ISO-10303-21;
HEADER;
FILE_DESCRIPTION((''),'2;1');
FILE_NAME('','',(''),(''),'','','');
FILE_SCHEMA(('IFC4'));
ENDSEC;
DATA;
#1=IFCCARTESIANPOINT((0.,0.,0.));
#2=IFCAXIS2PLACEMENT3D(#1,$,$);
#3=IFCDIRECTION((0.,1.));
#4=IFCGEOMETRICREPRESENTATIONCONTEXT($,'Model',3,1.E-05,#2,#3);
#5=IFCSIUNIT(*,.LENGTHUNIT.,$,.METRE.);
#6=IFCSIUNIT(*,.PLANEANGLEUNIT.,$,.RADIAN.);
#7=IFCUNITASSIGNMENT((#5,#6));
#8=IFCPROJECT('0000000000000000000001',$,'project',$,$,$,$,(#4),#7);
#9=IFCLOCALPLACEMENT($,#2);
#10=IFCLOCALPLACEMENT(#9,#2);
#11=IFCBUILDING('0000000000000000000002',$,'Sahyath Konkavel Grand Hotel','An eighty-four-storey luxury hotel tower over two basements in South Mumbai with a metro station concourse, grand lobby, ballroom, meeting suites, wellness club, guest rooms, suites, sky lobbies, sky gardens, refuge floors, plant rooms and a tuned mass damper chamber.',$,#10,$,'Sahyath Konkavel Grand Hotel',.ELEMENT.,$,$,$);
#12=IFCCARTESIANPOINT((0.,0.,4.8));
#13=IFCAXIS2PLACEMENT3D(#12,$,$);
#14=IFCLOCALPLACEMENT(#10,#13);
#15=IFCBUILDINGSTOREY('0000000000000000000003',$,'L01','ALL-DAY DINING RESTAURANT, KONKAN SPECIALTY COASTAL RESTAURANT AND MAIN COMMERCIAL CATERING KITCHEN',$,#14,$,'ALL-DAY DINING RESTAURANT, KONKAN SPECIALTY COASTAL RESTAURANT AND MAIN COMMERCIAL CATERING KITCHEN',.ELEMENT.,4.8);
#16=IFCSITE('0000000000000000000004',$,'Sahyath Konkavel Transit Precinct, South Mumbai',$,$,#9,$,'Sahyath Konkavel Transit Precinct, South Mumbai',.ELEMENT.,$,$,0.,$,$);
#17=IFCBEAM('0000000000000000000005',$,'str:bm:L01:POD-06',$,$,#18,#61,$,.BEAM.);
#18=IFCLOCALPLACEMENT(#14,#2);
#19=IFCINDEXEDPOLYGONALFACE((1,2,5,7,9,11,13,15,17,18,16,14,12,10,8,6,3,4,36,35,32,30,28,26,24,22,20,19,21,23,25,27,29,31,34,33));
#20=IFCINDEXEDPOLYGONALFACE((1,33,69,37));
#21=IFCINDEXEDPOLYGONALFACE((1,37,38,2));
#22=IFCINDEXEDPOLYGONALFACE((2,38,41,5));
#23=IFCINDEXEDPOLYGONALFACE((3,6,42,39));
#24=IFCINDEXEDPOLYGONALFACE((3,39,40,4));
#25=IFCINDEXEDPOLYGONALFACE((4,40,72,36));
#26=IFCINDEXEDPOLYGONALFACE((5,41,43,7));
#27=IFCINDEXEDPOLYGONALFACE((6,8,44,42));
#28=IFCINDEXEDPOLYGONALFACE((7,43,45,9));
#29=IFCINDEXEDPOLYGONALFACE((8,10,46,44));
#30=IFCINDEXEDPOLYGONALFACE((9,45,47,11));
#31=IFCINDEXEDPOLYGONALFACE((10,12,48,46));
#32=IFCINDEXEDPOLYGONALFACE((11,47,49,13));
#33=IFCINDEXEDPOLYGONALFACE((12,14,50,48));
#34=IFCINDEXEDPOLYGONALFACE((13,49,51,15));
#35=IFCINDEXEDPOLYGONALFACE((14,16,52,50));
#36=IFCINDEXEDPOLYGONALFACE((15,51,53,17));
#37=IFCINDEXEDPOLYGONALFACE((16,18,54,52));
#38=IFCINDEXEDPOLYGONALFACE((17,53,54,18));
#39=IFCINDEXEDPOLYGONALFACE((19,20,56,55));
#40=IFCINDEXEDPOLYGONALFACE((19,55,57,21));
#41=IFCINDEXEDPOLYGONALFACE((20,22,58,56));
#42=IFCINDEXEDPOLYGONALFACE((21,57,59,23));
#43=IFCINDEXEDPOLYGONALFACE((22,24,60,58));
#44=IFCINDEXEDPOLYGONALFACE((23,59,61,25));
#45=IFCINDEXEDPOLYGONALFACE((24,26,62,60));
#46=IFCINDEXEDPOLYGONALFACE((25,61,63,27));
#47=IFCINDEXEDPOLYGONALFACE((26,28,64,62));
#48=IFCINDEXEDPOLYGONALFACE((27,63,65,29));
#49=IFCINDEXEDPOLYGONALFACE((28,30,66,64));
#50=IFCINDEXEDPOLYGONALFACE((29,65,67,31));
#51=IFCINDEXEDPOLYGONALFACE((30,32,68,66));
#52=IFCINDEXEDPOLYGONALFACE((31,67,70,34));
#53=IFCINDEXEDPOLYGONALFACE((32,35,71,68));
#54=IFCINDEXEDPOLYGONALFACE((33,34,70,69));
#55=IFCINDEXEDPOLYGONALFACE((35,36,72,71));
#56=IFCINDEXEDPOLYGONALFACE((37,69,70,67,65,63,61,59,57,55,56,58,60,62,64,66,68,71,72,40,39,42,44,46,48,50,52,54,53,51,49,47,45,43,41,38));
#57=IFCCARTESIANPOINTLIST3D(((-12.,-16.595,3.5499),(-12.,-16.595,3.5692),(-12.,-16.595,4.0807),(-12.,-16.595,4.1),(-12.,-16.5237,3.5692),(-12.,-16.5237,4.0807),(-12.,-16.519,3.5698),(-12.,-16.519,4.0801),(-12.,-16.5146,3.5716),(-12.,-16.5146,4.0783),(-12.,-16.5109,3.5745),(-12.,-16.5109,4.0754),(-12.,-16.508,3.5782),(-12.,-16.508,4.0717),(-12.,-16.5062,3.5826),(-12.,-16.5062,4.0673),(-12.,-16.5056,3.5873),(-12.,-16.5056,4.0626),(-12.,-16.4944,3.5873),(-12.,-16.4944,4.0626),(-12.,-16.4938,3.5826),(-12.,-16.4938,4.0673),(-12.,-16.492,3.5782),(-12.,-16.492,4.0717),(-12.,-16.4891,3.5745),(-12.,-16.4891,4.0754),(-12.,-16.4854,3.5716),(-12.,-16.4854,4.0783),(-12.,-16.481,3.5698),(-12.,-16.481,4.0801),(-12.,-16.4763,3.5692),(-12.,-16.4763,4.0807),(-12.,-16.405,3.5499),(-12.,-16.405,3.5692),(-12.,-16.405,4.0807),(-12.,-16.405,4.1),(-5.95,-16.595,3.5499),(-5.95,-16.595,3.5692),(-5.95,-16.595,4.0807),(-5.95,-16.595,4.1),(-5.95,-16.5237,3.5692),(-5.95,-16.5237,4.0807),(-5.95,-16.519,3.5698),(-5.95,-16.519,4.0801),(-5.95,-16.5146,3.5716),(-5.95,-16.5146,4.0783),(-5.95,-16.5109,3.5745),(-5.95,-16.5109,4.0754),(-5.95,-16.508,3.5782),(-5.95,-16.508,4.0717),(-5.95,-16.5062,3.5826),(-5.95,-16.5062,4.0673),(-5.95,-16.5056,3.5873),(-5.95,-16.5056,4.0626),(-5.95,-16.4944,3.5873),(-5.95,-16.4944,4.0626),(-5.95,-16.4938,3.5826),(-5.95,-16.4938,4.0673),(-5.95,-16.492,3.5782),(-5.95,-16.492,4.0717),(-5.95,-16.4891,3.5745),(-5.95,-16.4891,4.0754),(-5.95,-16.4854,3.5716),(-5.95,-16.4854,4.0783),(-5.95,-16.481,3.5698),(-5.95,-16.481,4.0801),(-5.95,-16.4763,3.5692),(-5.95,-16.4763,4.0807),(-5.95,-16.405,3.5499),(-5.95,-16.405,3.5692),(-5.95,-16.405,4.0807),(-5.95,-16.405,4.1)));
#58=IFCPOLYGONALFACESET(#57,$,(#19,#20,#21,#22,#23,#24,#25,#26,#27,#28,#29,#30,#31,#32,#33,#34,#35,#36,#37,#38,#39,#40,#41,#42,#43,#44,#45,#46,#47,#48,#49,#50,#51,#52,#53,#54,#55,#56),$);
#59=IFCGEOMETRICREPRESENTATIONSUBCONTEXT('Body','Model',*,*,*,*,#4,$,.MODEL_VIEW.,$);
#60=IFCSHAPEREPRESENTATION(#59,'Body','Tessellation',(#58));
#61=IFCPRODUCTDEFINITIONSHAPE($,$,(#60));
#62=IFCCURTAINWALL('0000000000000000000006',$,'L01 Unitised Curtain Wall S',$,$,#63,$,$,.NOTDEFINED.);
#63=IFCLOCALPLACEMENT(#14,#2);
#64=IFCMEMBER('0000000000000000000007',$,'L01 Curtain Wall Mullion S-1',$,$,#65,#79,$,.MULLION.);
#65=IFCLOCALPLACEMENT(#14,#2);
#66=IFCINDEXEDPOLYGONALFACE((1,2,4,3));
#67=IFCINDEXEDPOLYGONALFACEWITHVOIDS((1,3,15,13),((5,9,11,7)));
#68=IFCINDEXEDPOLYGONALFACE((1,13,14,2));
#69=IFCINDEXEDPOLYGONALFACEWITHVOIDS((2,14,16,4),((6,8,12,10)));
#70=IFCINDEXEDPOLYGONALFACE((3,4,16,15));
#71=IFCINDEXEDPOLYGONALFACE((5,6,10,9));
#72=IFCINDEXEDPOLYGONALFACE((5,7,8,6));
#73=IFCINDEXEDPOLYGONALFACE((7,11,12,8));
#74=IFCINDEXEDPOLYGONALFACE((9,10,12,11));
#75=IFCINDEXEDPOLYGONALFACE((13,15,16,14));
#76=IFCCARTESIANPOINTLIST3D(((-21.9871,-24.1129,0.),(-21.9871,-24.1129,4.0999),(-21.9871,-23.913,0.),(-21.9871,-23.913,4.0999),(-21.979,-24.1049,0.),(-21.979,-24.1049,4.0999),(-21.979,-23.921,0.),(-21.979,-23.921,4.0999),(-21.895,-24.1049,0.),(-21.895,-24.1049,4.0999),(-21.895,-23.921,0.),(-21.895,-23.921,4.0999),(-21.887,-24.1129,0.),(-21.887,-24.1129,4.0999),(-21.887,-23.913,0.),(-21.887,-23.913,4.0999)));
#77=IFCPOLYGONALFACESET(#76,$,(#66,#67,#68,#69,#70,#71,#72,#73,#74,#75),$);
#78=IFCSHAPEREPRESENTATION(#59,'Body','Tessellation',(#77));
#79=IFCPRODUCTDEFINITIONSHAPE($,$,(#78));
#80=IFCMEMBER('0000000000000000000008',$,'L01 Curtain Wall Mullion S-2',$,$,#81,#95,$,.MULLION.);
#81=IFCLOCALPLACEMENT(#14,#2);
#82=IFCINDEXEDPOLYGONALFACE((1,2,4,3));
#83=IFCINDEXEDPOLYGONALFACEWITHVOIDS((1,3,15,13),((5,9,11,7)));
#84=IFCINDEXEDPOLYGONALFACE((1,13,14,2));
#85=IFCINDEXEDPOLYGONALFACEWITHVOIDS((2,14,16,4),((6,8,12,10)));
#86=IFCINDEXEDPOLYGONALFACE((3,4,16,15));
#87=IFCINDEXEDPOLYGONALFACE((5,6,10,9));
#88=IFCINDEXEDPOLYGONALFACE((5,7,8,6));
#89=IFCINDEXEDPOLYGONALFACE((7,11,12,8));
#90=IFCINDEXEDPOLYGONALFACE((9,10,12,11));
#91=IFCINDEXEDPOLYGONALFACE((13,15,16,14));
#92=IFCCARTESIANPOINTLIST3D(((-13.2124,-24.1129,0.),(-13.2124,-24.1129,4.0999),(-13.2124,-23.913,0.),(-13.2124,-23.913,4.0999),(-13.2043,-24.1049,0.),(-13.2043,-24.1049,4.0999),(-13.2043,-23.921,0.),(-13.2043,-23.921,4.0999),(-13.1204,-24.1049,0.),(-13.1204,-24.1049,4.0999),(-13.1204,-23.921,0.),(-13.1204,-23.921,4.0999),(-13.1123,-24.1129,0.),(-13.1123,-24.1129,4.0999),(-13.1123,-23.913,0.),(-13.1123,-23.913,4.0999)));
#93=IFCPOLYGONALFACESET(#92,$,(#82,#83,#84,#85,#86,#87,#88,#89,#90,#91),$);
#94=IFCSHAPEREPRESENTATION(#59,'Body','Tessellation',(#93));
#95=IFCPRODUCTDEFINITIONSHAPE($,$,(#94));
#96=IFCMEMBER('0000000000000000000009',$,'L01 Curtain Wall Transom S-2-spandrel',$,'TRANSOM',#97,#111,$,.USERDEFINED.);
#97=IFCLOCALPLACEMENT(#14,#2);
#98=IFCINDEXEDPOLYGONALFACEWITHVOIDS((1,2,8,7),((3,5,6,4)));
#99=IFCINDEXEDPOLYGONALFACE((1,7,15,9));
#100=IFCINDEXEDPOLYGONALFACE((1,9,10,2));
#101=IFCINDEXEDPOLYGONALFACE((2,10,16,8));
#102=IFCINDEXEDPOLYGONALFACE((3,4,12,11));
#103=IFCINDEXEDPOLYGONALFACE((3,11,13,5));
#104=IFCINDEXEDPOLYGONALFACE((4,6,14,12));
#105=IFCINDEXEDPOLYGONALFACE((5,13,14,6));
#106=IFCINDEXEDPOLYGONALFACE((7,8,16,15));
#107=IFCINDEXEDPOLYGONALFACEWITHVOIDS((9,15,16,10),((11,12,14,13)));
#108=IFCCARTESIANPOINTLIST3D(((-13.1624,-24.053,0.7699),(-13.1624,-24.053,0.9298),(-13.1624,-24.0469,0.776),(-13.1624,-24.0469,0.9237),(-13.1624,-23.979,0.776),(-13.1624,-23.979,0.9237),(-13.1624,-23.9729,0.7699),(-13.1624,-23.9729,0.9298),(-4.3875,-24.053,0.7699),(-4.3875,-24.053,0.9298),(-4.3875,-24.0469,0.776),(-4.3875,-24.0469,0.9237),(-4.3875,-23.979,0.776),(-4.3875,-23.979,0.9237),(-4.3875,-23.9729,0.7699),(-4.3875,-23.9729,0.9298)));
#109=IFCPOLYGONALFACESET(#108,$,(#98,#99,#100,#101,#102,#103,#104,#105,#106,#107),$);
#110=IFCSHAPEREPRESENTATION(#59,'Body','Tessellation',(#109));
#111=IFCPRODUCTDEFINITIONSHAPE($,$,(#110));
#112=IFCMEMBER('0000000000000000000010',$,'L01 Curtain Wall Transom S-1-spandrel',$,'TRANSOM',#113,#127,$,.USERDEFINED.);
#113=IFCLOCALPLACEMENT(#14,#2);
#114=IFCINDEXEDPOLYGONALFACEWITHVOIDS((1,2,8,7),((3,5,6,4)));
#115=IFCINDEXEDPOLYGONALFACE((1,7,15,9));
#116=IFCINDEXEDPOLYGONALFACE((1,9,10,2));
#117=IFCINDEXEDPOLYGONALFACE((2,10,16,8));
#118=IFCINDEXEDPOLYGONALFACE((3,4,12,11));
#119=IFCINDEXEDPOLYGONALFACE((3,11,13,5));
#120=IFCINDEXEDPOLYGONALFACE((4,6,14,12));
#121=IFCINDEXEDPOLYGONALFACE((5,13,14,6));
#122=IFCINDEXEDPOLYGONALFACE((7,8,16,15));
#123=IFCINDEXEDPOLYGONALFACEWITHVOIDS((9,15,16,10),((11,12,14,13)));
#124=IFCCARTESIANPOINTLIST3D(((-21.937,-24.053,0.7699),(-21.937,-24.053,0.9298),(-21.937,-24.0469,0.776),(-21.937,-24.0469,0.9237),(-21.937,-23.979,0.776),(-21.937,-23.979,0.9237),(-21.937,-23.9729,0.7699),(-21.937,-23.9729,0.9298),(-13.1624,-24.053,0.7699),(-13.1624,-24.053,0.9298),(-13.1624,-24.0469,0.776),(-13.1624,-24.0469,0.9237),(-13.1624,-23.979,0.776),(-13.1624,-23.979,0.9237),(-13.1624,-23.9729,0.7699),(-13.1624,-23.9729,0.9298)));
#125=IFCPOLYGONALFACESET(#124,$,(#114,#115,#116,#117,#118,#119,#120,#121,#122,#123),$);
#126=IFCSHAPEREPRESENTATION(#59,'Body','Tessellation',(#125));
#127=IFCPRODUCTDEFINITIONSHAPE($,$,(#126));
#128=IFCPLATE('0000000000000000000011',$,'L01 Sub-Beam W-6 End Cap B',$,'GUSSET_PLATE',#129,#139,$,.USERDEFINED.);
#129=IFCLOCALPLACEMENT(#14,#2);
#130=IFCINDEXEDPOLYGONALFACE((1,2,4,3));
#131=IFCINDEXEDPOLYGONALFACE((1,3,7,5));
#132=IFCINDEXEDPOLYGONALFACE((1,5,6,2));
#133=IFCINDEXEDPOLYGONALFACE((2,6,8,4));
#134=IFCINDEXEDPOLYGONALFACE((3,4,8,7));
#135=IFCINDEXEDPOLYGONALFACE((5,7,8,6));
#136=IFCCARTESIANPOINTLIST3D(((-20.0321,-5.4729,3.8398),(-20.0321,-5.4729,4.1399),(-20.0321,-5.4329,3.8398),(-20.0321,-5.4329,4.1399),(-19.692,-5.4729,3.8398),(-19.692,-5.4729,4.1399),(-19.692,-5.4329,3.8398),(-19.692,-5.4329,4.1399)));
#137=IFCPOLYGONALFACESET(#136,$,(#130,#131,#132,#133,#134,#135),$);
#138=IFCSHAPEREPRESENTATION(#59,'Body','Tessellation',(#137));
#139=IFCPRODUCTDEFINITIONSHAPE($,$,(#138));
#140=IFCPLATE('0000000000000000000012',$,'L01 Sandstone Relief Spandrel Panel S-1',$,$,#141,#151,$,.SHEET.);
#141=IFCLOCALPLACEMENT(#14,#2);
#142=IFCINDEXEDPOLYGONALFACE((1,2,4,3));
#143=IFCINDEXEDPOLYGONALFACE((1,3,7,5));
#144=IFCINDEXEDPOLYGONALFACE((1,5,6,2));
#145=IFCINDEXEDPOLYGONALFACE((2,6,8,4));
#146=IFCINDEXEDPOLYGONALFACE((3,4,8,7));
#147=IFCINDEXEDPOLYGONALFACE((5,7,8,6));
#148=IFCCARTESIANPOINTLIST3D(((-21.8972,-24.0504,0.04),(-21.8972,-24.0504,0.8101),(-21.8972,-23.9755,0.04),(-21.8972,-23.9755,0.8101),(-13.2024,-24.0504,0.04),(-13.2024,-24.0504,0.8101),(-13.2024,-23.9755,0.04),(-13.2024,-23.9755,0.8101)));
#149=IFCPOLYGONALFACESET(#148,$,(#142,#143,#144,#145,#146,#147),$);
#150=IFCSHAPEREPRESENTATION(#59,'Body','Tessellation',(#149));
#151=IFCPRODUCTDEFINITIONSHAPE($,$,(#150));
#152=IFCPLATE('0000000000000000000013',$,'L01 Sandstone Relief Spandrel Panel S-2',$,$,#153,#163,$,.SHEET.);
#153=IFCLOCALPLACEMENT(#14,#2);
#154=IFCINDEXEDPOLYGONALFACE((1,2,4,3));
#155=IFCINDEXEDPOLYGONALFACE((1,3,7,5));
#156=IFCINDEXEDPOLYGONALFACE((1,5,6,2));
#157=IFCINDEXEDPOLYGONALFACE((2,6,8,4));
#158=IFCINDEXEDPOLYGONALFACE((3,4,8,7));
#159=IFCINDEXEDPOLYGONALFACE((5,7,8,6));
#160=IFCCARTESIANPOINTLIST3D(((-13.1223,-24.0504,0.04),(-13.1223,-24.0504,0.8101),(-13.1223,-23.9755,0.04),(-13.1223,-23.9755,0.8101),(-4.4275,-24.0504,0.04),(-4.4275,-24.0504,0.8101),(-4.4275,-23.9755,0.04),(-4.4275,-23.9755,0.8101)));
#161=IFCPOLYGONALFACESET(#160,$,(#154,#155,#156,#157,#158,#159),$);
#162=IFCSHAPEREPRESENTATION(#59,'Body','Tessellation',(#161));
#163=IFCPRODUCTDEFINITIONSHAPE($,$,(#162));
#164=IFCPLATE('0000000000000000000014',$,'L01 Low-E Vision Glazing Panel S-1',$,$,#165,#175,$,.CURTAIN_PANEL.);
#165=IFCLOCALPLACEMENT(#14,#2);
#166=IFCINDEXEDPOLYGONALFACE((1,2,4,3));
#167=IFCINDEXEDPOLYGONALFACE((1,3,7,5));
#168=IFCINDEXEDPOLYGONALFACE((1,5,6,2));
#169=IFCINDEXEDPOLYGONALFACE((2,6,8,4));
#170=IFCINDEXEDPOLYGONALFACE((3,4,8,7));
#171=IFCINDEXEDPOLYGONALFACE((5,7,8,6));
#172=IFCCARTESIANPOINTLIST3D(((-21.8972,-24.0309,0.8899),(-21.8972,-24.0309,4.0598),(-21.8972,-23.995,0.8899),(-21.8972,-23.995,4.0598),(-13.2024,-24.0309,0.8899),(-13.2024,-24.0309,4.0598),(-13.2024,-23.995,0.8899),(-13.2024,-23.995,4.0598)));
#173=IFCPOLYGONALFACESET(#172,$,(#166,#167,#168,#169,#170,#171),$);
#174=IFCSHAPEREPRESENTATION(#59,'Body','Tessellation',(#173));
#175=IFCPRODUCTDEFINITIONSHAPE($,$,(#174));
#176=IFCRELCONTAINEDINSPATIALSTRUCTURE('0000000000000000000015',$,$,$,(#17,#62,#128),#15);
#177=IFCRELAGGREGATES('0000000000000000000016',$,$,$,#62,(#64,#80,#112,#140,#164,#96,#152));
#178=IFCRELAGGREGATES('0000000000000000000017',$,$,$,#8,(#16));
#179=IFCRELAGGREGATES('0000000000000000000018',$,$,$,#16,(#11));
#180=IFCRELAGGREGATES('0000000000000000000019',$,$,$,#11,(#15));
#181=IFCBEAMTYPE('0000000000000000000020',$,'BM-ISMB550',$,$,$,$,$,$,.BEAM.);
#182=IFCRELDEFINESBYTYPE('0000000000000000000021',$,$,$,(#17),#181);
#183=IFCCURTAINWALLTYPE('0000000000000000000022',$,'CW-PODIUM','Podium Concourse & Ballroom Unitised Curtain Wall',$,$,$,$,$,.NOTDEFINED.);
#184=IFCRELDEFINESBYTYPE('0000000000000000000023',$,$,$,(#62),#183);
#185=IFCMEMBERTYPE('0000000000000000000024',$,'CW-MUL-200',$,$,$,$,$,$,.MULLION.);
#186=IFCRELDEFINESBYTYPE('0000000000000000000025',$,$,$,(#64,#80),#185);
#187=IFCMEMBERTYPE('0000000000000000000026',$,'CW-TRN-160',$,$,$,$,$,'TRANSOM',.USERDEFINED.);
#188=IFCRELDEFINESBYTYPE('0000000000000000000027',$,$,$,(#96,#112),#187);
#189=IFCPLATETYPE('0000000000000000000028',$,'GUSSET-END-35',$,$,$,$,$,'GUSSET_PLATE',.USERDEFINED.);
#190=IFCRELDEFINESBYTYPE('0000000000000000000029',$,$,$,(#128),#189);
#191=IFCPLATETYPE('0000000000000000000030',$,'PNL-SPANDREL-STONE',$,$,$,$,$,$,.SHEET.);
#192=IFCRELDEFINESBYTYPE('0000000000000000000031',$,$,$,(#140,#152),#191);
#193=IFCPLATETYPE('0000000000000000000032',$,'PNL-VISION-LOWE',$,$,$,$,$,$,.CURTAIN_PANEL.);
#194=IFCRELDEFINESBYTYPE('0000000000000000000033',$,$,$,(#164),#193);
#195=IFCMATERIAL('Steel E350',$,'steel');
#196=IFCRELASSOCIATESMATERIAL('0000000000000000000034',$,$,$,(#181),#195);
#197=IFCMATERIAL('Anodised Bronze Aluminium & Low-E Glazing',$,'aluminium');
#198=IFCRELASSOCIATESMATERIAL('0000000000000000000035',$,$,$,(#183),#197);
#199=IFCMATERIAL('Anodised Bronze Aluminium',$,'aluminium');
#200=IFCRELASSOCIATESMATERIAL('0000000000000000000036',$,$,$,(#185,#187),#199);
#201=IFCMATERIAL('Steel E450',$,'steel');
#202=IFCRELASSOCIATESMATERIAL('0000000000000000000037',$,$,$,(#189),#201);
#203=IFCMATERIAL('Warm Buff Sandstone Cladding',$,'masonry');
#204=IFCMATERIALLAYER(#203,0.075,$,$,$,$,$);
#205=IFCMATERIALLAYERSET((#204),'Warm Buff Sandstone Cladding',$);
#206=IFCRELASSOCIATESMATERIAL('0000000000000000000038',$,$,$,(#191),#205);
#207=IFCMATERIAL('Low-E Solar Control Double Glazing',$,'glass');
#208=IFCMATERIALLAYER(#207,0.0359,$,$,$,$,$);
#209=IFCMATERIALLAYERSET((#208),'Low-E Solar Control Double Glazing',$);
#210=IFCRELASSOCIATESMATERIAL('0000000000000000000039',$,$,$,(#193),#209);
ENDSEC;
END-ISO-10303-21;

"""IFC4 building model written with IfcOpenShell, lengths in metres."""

from ifc_helpers import new_model, si_unit, direction, frame, origin, origin_2d, place, context, subcontext, project, spatial, rectangle, hollow_rectangle, i_section, extrude, source, transform, mapped, material, layer, layer_set, material_profile, profile_set, type_object, element, aggregate, save


model = new_model("IFC4")

# Units and contexts
model_context = context("Model", 3, precision=1e-05, world=origin(), true_north=direction((0.0, 1.0)))
body_context = subcontext(model_context, "Body", "Model", "MODEL_VIEW")
ifc_project = project(units=[si_unit("LENGTHUNIT", "METRE"), si_unit("PLANEANGLEUNIT", "RADIAN")], contexts=[model_context])

# Site, building, storey
site_placement = place(None, origin())
site = spatial("IfcSite", under=ifc_project, at=site_placement, Name="Sahyath Konkavel Transit Precinct, South Mumbai", LongName="Sahyath Konkavel Transit Precinct, South Mumbai", CompositionType="ELEMENT", RefElevation=0.0)
building_placement = place(site_placement, origin())
building = spatial("IfcBuilding", under=site, at=building_placement, Name="Sahyath Konkavel Grand Hotel", Description="An eighty-four-storey luxury hotel tower over two basements in South Mumbai with a metro station concourse, grand lobby, ballroom, meeting suites, wellness club, guest rooms, suites, sky lobbies, sky gardens, refuge floors, plant rooms and a tuned mass damper chamber.", LongName="Sahyath Konkavel Grand Hotel", CompositionType="ELEMENT")
storey_placement = place(building_placement, frame((0.0, 0.0, 4.8)))
storey = spatial("IfcBuildingStorey", under=building, at=storey_placement, Name="L01", Description="ALL-DAY DINING RESTAURANT, KONKAN SPECIALTY COASTAL RESTAURANT AND MAIN COMMERCIAL CATERING KITCHEN", LongName="ALL-DAY DINING RESTAURANT, KONKAN SPECIALTY COASTAL RESTAURANT AND MAIN COMMERCIAL CATERING KITCHEN", CompositionType="ELEMENT", Elevation=4.8)

# Beam
ifc_material_1 = material(Name="Steel E350", Category="steel")
ifc_material_profile_1 = material_profile(ifc_material_1, i_section(OverallWidth=0.1899, OverallDepth=0.55, WebThickness=0.0112, FlangeThickness=0.0193, FilletRadius=0.0181, at=origin_2d()), Name="ISMB 550")
ifc_profile_set_1 = profile_set([ifc_material_profile_1], Name="Steel E350")
beam_type = type_object("IfcBeamType", Name="BM-ISMB550", PredefinedType="BEAM", material=ifc_profile_set_1)
shared_shape_1 = source(origin(), body_context, "Body", "SweptSolid", [
    extrude(i_section(OverallWidth=0.1899, OverallDepth=0.55, WebThickness=0.0112, FlangeThickness=0.0193, FilletRadius=0.0181, at=origin_2d()), origin(), (0.0, 0.0, 1.0), 6.05),
])
beam_1_placement = place(storey_placement, frame((-12.0, -16.5, 3.825), z_axis=(1.0, 0.0, 0.0), x_axis=(0.0, 1.0, 0.0)))
element("IfcBeam", 1, at=beam_1_placement, inside=storey, type_object=beam_type, Name="str:bm:L01:POD-06", PredefinedType="BEAM", context=body_context, shape_type="MappedRepresentation", body=[
    mapped(shared_shape_1, transform((0.0, 0.0, 0.0), scale=1.0)),
])

# Curtain wall, members
ifc_material_2 = material(Name="Anodised Bronze Aluminium & Low-E Glazing", Category="aluminium")
curtain_wall_type = type_object("IfcCurtainWallType", Name="CW-PODIUM", Description="Podium Concourse & Ballroom Unitised Curtain Wall", PredefinedType="NOTDEFINED", material=ifc_material_2)
curtain_wall_placement = place(storey_placement, origin())
curtain_wall = element("IfcCurtainWall", 2, at=curtain_wall_placement, inside=storey, type_object=curtain_wall_type, Name="L01 Unitised Curtain Wall S", PredefinedType="NOTDEFINED")
ifc_material_3 = material(Name="Anodised Bronze Aluminium", Category="aluminium")
ifc_material_profile_2 = material_profile(ifc_material_3, hollow_rectangle(XDim=0.1001, YDim=0.2, WallThickness=0.0081, at=origin_2d()), Name="RHS 200x100x8")
ifc_profile_set_2 = profile_set([ifc_material_profile_2], Name="Anodised Bronze Aluminium")
member_type_1 = type_object("IfcMemberType", Name="CW-MUL-200", PredefinedType="MULLION", material=ifc_profile_set_2)
shared_shape_2 = source(origin(), body_context, "Body", "SweptSolid", [
    extrude(hollow_rectangle(XDim=0.1001, YDim=0.2, WallThickness=0.0081, at=origin_2d()), origin(), (0.0, 0.0, 1.0), 4.0999),
])
member_1_placement = place(storey_placement, frame((-21.937, -24.0129, 0.0), z_axis=(0.0, 0.0, 1.0), x_axis=(1.0, 0.0, 0.0)))
member_1 = element("IfcMember", 3, at=member_1_placement, type_object=member_type_1, Name="L01 Curtain Wall Mullion S-1", PredefinedType="MULLION", context=body_context, shape_type="MappedRepresentation", body=[
    mapped(shared_shape_2, transform((0.0, 0.0, 0.0), scale=1.0)),
])
member_2_placement = place(storey_placement, frame((-13.1624, -24.0129, 0.0), z_axis=(0.0, 0.0, 1.0), x_axis=(1.0, 0.0, 0.0)))
member_2 = element("IfcMember", 4, at=member_2_placement, type_object=member_type_1, Name="L01 Curtain Wall Mullion S-2", PredefinedType="MULLION", context=body_context, shape_type="MappedRepresentation", body=[
    mapped(shared_shape_2, transform((0.0, 0.0, 0.0), scale=1.0)),
])
ifc_material_profile_3 = material_profile(ifc_material_3, hollow_rectangle(XDim=0.0801, YDim=0.1599, WallThickness=0.0061, at=origin_2d()), Name="RHS 160x80x6")
ifc_profile_set_3 = profile_set([ifc_material_profile_3], Name="Anodised Bronze Aluminium")
member_type_2 = type_object("IfcMemberType", Name="CW-TRN-160", ElementType="TRANSOM", PredefinedType="USERDEFINED", material=ifc_profile_set_3)
shared_shape_3 = source(origin(), body_context, "Body", "SweptSolid", [
    extrude(hollow_rectangle(XDim=0.0801, YDim=0.1599, WallThickness=0.0061, at=origin_2d()), origin(), (0.0, 0.0, 1.0), 8.7749),
])
member_3_placement = place(storey_placement, frame((-13.1624, -24.0129, 0.8499), z_axis=(1.0, 0.0, 0.0), x_axis=(0.0, 1.0, 0.0)))
member_3 = element("IfcMember", 5, at=member_3_placement, type_object=member_type_2, Name="L01 Curtain Wall Transom S-2-spandrel", ObjectType="TRANSOM", PredefinedType="USERDEFINED", context=body_context, shape_type="MappedRepresentation", body=[
    mapped(shared_shape_3, transform((0.0, 0.0, 0.0), scale=1.0)),
])
shared_shape_4 = source(origin(), body_context, "Body", "SweptSolid", [
    extrude(hollow_rectangle(XDim=0.0801, YDim=0.1599, WallThickness=0.0061, at=origin_2d()), origin(), (0.0, 0.0, 1.0), 8.7747),
])
member_4_placement = place(storey_placement, frame((-21.937, -24.0129, 0.8499), z_axis=(1.0, 0.0, 0.0), x_axis=(0.0, 1.0, 0.0)))
member_4 = element("IfcMember", 6, at=member_4_placement, type_object=member_type_2, Name="L01 Curtain Wall Transom S-1-spandrel", ObjectType="TRANSOM", PredefinedType="USERDEFINED", context=body_context, shape_type="MappedRepresentation", body=[
    mapped(shared_shape_4, transform((0.0, 0.0, 0.0), scale=1.0)),
])

# Plates
ifc_material_4 = material(Name="Steel E450", Category="steel")
plate_type_1 = type_object("IfcPlateType", Name="GUSSET-END-35", ElementType="GUSSET_PLATE", PredefinedType="USERDEFINED", material=ifc_material_4)
shared_shape_5 = source(origin(), body_context, "Body", "SweptSolid", [
    extrude(rectangle(XDim=0.04, YDim=0.3401, at=origin_2d()), origin(), (0.0, 0.0, 1.0), 0.3),
])
plate_1_placement = place(storey_placement, frame((-19.8621, -5.4529, 3.8398), z_axis=(0.0, 0.0, 1.0), x_axis=(0.0, -1.0, 0.0)))
element("IfcPlate", 7, at=plate_1_placement, inside=storey, type_object=plate_type_1, Name="L01 Sub-Beam W-6 End Cap B", ObjectType="GUSSET_PLATE", PredefinedType="USERDEFINED", context=body_context, shape_type="MappedRepresentation", body=[
    mapped(shared_shape_5, transform((0.0, 0.0, 0.0), scale=1.0)),
])
ifc_material_5 = material(Name="Warm Buff Sandstone Cladding", Category="masonry")
ifc_layer_1 = layer(ifc_material_5, 0.075)
ifc_layer_set_1 = layer_set([ifc_layer_1], Name="Warm Buff Sandstone Cladding")
plate_type_2 = type_object("IfcPlateType", Name="PNL-SPANDREL-STONE", PredefinedType="SHEET", material=ifc_layer_set_1)
shared_shape_6 = source(origin(), body_context, "Body", "SweptSolid", [
    extrude(rectangle(XDim=8.6948, YDim=0.075, at=origin_2d()), origin(), (0.0, 0.0, 1.0), 0.77),
])
plate_2_placement = place(storey_placement, frame((-17.5498, -24.0129, 0.04), z_axis=(0.0, 0.0, 1.0), x_axis=(1.0, 0.0, 0.0)))
plate_2 = element("IfcPlate", 8, at=plate_2_placement, type_object=plate_type_2, Name="L01 Sandstone Relief Spandrel Panel S-1", PredefinedType="SHEET", context=body_context, shape_type="MappedRepresentation", body=[
    mapped(shared_shape_6, transform((0.0, 0.0, 0.0), scale=1.0)),
])
plate_3_placement = place(storey_placement, frame((-8.7749, -24.0129, 0.04), z_axis=(0.0, 0.0, 1.0), x_axis=(1.0, 0.0, 0.0)))
plate_3 = element("IfcPlate", 9, at=plate_3_placement, type_object=plate_type_2, Name="L01 Sandstone Relief Spandrel Panel S-2", PredefinedType="SHEET", context=body_context, shape_type="MappedRepresentation", body=[
    mapped(shared_shape_6, transform((0.0, 0.0, 0.0), scale=1.0)),
])
ifc_material_6 = material(Name="Low-E Solar Control Double Glazing", Category="glass")
ifc_layer_2 = layer(ifc_material_6, 0.0359)
ifc_layer_set_2 = layer_set([ifc_layer_2], Name="Low-E Solar Control Double Glazing")
plate_type_3 = type_object("IfcPlateType", Name="PNL-VISION-LOWE", PredefinedType="CURTAIN_PANEL", material=ifc_layer_set_2)
shared_shape_7 = source(origin(), body_context, "Body", "SweptSolid", [
    extrude(rectangle(XDim=8.6948, YDim=0.0359, at=origin_2d()), origin(), (0.0, 0.0, 1.0), 3.1699),
])
plate_4_placement = place(storey_placement, frame((-17.5498, -24.0129, 0.8899), z_axis=(0.0, 0.0, 1.0), x_axis=(1.0, 0.0, 0.0)))
plate_4 = element("IfcPlate", 10, at=plate_4_placement, type_object=plate_type_3, Name="L01 Low-E Vision Glazing Panel S-1", PredefinedType="CURTAIN_PANEL", context=body_context, shape_type="MappedRepresentation", body=[
    mapped(shared_shape_7, transform((0.0, 0.0, 0.0), scale=1.0)),
])
aggregate(curtain_wall, [member_1, member_2, member_4, plate_2, plate_4, member_3, plate_3])

save(model, "model.ifc")
